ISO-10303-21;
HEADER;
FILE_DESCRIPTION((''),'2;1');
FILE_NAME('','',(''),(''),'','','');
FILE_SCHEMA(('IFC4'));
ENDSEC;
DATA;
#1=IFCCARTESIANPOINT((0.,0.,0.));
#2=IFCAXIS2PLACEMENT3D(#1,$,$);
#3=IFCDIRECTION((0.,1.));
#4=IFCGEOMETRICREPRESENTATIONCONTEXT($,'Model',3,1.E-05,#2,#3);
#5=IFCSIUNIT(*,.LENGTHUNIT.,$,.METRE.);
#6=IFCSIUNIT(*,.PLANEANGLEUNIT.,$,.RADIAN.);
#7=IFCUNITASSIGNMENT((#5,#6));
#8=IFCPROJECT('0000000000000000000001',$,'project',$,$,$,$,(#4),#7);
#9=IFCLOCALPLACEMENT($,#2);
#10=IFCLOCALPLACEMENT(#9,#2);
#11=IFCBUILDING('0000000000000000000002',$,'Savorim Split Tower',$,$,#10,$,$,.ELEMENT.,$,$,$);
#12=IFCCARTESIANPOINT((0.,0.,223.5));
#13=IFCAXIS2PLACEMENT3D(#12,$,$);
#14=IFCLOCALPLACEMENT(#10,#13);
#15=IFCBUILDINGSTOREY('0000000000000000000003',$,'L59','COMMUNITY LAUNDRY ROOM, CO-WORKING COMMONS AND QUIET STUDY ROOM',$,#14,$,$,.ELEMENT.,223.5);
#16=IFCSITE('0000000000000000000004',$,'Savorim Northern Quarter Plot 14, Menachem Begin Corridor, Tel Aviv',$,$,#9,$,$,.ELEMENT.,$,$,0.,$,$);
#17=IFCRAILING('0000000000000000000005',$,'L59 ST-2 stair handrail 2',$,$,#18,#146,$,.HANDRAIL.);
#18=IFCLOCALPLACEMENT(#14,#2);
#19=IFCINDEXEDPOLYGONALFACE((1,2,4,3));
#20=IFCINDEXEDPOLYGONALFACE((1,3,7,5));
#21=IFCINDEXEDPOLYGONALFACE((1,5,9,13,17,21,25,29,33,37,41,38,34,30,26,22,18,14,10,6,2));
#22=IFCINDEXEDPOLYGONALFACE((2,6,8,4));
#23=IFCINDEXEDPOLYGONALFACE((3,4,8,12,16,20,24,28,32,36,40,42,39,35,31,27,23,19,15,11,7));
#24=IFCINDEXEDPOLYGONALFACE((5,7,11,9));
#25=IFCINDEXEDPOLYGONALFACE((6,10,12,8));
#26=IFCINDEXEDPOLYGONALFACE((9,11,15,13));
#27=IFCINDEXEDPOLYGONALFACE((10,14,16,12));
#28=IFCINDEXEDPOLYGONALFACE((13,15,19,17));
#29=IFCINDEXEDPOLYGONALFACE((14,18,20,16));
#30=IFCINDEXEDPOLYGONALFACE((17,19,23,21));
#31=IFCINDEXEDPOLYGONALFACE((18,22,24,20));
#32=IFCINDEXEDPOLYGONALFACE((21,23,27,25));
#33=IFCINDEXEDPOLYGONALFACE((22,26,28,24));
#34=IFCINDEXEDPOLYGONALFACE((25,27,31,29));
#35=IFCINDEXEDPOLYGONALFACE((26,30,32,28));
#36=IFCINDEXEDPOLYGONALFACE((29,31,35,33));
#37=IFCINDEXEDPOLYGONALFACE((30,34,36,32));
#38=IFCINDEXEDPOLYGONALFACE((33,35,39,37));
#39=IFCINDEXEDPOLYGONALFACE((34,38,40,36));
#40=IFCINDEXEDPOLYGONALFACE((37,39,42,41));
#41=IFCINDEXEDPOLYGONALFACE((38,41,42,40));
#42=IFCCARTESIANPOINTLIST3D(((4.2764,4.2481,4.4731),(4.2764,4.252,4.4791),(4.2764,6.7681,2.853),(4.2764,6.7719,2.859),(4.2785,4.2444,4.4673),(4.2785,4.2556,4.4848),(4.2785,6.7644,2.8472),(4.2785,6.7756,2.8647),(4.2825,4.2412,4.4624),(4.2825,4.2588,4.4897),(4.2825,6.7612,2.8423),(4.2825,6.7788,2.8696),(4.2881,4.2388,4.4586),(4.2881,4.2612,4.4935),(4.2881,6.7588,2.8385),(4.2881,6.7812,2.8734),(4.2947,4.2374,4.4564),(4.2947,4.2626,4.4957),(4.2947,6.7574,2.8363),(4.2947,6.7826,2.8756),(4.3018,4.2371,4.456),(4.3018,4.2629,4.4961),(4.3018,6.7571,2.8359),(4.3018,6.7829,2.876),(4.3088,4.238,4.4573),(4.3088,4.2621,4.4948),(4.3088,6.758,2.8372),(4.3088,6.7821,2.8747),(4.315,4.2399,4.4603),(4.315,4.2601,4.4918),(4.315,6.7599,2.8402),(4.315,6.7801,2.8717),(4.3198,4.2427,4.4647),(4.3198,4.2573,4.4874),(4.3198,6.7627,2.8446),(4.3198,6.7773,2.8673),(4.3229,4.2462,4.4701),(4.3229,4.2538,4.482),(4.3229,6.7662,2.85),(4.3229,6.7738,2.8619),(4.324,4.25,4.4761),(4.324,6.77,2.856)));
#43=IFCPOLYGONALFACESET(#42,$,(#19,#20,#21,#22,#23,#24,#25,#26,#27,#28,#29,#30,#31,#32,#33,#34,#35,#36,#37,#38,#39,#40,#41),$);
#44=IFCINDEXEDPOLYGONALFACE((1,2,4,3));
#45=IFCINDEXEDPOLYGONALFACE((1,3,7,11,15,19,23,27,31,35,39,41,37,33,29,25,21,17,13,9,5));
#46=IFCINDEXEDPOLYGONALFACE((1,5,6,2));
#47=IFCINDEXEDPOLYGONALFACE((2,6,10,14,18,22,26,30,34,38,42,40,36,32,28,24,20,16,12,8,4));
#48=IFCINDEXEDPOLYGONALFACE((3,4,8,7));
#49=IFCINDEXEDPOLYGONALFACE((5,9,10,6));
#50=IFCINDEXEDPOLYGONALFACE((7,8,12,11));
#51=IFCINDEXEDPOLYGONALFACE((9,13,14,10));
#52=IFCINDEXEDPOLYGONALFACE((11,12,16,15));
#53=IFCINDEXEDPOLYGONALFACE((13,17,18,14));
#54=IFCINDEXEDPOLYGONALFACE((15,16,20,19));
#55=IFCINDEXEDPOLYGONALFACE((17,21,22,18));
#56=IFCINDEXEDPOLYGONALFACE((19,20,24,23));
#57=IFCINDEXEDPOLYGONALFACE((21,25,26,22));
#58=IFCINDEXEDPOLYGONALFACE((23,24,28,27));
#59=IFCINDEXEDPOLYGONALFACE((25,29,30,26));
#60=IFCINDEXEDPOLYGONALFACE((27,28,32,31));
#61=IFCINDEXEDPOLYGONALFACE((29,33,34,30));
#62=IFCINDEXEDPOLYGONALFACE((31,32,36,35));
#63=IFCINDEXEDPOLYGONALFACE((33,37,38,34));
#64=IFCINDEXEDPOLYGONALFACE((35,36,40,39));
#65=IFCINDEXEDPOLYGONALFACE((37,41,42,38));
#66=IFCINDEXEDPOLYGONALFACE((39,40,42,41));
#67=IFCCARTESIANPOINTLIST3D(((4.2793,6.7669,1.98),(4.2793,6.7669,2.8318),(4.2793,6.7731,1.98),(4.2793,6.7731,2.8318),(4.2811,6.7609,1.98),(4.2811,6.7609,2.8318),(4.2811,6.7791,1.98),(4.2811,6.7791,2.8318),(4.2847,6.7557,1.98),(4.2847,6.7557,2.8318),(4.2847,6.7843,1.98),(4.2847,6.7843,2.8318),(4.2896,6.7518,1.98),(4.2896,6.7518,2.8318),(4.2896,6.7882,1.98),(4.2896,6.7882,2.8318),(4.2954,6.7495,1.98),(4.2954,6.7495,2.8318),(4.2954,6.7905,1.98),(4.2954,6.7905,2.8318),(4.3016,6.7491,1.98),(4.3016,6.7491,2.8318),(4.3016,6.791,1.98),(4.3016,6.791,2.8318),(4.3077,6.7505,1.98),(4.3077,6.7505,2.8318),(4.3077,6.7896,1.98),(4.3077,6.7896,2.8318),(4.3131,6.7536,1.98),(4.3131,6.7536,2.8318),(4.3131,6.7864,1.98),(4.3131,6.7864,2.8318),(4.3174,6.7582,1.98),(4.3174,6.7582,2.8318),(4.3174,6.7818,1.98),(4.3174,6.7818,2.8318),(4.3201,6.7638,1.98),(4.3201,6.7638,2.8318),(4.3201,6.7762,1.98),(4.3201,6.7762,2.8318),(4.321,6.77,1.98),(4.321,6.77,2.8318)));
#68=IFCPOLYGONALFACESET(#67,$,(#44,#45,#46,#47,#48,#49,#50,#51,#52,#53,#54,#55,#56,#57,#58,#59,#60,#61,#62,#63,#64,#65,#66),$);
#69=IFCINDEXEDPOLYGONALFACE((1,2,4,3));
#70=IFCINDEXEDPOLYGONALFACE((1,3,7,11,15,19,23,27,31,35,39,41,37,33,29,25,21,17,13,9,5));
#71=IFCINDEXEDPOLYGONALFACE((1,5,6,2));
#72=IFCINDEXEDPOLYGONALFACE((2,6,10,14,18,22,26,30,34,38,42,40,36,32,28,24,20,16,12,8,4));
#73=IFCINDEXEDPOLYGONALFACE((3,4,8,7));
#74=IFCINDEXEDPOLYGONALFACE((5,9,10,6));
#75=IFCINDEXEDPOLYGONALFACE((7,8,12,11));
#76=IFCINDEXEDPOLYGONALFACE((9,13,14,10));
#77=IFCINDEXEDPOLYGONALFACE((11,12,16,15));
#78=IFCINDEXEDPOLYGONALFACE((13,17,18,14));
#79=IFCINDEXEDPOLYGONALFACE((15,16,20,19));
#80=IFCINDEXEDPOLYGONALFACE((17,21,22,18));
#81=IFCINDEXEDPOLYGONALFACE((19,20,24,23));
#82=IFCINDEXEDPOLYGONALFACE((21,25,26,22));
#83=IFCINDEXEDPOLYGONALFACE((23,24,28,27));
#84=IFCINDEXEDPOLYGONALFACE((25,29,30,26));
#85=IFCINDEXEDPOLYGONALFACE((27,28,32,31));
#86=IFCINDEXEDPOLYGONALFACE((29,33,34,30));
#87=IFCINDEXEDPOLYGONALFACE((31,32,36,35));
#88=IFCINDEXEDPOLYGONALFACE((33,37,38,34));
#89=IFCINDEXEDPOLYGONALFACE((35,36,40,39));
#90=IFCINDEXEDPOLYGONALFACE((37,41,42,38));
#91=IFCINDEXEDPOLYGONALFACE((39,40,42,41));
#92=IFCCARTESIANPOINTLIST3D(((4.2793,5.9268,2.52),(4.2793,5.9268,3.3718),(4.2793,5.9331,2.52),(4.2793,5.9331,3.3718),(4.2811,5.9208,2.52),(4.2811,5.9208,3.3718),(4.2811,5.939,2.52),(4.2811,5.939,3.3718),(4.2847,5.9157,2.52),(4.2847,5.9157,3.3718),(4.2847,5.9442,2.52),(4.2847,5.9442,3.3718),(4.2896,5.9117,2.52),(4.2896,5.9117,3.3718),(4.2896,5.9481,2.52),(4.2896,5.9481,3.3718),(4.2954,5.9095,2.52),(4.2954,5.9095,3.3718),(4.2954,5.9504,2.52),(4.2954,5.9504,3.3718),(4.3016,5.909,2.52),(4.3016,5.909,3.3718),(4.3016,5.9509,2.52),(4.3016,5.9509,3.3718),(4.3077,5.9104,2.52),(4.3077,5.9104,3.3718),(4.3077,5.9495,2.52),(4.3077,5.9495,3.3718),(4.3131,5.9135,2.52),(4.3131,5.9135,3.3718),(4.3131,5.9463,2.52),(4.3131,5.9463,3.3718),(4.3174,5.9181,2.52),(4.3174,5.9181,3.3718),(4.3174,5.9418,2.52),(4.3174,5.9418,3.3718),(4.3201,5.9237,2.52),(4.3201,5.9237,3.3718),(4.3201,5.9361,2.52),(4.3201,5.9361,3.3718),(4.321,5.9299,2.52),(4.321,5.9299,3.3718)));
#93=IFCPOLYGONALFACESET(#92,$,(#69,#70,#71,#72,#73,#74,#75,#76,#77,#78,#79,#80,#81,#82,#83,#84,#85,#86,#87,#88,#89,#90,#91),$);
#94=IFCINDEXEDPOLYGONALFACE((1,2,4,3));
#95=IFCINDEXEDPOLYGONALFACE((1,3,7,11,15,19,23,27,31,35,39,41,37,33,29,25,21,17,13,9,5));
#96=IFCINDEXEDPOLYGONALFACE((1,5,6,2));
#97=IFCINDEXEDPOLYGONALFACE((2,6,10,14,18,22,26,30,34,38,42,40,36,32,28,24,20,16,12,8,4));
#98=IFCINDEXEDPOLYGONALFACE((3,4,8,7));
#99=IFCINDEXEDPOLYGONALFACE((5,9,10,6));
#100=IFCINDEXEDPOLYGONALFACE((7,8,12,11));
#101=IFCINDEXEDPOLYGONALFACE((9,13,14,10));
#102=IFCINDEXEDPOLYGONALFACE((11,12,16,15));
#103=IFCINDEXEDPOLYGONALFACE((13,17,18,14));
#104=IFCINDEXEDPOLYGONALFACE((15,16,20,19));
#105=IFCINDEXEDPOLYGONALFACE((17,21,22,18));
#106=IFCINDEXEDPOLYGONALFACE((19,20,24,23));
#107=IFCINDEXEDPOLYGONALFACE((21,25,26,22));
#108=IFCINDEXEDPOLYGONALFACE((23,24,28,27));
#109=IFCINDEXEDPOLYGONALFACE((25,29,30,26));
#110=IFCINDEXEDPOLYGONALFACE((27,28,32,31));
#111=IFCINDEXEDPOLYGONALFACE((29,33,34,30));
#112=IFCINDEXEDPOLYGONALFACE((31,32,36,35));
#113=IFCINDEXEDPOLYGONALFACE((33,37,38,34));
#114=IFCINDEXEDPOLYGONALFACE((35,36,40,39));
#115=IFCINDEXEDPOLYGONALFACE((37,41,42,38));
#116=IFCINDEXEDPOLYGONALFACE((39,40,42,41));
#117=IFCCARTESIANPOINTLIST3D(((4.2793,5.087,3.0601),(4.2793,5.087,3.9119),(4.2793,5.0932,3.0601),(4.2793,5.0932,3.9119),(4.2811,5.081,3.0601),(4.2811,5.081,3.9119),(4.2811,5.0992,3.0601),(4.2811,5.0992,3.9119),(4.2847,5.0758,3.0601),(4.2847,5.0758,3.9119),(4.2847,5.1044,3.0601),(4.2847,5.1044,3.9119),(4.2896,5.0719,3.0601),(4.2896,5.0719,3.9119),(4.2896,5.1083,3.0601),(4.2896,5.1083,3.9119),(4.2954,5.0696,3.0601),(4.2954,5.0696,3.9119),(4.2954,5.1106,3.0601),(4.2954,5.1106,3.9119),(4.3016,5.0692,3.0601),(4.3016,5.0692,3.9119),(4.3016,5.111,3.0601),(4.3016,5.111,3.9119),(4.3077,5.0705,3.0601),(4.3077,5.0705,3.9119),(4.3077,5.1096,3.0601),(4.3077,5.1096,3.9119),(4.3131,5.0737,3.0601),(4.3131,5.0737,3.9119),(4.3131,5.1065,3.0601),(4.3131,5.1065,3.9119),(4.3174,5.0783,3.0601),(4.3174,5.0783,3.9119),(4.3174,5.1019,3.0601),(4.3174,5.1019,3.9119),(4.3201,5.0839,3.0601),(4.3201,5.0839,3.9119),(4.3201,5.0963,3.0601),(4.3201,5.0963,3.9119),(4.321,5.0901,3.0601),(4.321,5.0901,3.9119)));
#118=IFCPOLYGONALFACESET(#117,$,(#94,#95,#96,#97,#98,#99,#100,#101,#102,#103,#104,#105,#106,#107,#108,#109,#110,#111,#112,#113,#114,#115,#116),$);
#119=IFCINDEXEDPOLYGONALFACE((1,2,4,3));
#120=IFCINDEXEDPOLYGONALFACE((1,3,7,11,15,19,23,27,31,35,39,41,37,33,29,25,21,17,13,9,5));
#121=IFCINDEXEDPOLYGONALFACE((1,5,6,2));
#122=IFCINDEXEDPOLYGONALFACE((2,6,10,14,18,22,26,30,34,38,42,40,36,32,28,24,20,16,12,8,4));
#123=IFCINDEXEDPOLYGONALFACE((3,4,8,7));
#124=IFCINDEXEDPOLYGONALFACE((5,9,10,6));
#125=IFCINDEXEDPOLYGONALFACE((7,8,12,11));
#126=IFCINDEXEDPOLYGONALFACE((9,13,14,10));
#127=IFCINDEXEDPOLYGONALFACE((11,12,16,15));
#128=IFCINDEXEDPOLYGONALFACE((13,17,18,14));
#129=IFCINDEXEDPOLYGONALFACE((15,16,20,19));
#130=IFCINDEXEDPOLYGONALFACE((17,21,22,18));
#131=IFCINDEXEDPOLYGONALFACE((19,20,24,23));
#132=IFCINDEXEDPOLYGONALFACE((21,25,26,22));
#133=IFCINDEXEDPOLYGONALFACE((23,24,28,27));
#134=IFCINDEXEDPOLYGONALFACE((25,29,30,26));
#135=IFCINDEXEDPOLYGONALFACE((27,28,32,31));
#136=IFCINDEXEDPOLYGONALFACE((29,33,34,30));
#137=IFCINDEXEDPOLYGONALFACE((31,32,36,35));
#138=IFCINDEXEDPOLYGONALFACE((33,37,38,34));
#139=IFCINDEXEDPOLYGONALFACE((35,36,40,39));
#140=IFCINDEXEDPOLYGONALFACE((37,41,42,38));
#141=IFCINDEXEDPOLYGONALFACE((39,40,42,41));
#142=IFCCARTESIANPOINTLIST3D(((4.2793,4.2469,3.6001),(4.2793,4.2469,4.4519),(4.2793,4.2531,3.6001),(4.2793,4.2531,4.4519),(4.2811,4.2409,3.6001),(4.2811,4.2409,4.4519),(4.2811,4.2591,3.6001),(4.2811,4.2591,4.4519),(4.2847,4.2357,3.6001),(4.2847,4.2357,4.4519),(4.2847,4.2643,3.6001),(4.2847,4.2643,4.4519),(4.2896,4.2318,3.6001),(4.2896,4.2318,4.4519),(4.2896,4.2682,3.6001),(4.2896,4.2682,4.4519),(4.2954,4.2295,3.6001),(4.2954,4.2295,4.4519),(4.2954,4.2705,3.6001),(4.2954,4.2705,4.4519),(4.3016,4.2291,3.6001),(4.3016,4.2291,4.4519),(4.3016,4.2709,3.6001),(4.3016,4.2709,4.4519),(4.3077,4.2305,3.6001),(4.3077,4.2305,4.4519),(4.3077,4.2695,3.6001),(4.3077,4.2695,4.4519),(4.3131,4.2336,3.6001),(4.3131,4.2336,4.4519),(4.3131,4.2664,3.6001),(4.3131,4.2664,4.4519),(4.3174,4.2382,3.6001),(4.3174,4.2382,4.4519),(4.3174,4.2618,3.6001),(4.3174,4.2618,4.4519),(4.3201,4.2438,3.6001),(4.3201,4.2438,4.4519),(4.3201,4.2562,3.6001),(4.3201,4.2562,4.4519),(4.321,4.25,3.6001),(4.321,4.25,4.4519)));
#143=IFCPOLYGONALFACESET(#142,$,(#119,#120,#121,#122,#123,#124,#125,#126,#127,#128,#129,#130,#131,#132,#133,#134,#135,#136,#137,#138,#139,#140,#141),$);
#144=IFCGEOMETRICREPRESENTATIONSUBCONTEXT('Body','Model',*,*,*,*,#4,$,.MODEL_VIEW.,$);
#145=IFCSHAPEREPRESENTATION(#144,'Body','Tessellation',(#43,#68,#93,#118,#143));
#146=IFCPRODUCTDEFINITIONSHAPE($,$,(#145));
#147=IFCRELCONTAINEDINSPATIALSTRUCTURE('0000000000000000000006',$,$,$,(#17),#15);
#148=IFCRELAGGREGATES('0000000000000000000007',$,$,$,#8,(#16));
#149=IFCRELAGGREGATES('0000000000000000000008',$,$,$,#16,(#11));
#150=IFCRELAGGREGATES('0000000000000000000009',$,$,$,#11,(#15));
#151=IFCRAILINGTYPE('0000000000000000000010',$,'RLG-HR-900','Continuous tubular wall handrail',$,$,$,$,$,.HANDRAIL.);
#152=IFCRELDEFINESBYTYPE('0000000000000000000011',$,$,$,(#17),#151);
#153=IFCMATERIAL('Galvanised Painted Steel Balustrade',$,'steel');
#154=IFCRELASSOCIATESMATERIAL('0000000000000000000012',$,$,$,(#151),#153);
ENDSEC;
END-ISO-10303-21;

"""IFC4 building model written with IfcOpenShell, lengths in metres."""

from ifc_helpers import new_model, si_unit, direction, frame, origin, origin_2d, place, context, subcontext, project, spatial, circle, extrude, material, type_object, element, save


model = new_model("IFC4")

# Units and contexts
model_context = context("Model", 3, precision=1e-05, world=origin(), true_north=direction((0.0, 1.0)))
body_context = subcontext(model_context, "Body", "Model", "MODEL_VIEW")
ifc_project = project(units=[si_unit("LENGTHUNIT", "METRE"), si_unit("PLANEANGLEUNIT", "RADIAN")], contexts=[model_context])

# Site, building, storey
site_placement = place(None, origin())
site = spatial("IfcSite", under=ifc_project, at=site_placement, Name="Savorim Northern Quarter Plot 14, Menachem Begin Corridor, Tel Aviv", CompositionType="ELEMENT", RefElevation=0.0)
building_placement = place(site_placement, origin())
building = spatial("IfcBuilding", under=site, at=building_placement, Name="Savorim Split Tower", CompositionType="ELEMENT")
storey_placement = place(building_placement, frame((0.0, 0.0, 223.5)))
storey = spatial("IfcBuildingStorey", under=building, at=storey_placement, Name="L59", Description="COMMUNITY LAUNDRY ROOM, CO-WORKING COMMONS AND QUIET STUDY ROOM", CompositionType="ELEMENT", Elevation=223.5)

# Railing
ifc_material_1 = material(Name="Galvanised Painted Steel Balustrade", Category="steel")
railing_type_1 = type_object("IfcRailingType", Name="RLG-HR-900", Description="Continuous tubular wall handrail", PredefinedType="HANDRAIL", material=ifc_material_1)
railing_1_placement = place(storey_placement, frame((4.3, 6.77, 1.98)))
element("IfcRailing", 1, at=railing_1_placement, inside=storey, type_object=railing_type_1, Name="L59 ST-2 stair handrail 2", PredefinedType="HANDRAIL", context=body_context, shape_type="SweptSolid", body=[
    extrude(circle(Radius=0.0239, at=origin_2d()), frame((0.0, 0.0, 0.876), z_axis=(0.0, -0.841163, 0.540782), x_axis=(1.0, 0.0, 0.0)), (0.0, 0.0, 1.0), 2.9958),
    extrude(circle(Radius=0.021, at=origin_2d()), origin(), (0.0, 0.0, 1.0), 0.8518),
    extrude(circle(Radius=0.021, at=origin_2d()), frame((0.0, -0.8401, 0.54)), (0.0, 0.0, 1.0), 0.8518),
    extrude(circle(Radius=0.021, at=origin_2d()), frame((0.0, -1.6799, 1.0801)), (0.0, 0.0, 1.0), 0.8518),
    extrude(circle(Radius=0.021, at=origin_2d()), frame((0.0, -2.52, 1.6201)), (0.0, 0.0, 1.0), 0.8518),
])

save(model, "model.ifc")
